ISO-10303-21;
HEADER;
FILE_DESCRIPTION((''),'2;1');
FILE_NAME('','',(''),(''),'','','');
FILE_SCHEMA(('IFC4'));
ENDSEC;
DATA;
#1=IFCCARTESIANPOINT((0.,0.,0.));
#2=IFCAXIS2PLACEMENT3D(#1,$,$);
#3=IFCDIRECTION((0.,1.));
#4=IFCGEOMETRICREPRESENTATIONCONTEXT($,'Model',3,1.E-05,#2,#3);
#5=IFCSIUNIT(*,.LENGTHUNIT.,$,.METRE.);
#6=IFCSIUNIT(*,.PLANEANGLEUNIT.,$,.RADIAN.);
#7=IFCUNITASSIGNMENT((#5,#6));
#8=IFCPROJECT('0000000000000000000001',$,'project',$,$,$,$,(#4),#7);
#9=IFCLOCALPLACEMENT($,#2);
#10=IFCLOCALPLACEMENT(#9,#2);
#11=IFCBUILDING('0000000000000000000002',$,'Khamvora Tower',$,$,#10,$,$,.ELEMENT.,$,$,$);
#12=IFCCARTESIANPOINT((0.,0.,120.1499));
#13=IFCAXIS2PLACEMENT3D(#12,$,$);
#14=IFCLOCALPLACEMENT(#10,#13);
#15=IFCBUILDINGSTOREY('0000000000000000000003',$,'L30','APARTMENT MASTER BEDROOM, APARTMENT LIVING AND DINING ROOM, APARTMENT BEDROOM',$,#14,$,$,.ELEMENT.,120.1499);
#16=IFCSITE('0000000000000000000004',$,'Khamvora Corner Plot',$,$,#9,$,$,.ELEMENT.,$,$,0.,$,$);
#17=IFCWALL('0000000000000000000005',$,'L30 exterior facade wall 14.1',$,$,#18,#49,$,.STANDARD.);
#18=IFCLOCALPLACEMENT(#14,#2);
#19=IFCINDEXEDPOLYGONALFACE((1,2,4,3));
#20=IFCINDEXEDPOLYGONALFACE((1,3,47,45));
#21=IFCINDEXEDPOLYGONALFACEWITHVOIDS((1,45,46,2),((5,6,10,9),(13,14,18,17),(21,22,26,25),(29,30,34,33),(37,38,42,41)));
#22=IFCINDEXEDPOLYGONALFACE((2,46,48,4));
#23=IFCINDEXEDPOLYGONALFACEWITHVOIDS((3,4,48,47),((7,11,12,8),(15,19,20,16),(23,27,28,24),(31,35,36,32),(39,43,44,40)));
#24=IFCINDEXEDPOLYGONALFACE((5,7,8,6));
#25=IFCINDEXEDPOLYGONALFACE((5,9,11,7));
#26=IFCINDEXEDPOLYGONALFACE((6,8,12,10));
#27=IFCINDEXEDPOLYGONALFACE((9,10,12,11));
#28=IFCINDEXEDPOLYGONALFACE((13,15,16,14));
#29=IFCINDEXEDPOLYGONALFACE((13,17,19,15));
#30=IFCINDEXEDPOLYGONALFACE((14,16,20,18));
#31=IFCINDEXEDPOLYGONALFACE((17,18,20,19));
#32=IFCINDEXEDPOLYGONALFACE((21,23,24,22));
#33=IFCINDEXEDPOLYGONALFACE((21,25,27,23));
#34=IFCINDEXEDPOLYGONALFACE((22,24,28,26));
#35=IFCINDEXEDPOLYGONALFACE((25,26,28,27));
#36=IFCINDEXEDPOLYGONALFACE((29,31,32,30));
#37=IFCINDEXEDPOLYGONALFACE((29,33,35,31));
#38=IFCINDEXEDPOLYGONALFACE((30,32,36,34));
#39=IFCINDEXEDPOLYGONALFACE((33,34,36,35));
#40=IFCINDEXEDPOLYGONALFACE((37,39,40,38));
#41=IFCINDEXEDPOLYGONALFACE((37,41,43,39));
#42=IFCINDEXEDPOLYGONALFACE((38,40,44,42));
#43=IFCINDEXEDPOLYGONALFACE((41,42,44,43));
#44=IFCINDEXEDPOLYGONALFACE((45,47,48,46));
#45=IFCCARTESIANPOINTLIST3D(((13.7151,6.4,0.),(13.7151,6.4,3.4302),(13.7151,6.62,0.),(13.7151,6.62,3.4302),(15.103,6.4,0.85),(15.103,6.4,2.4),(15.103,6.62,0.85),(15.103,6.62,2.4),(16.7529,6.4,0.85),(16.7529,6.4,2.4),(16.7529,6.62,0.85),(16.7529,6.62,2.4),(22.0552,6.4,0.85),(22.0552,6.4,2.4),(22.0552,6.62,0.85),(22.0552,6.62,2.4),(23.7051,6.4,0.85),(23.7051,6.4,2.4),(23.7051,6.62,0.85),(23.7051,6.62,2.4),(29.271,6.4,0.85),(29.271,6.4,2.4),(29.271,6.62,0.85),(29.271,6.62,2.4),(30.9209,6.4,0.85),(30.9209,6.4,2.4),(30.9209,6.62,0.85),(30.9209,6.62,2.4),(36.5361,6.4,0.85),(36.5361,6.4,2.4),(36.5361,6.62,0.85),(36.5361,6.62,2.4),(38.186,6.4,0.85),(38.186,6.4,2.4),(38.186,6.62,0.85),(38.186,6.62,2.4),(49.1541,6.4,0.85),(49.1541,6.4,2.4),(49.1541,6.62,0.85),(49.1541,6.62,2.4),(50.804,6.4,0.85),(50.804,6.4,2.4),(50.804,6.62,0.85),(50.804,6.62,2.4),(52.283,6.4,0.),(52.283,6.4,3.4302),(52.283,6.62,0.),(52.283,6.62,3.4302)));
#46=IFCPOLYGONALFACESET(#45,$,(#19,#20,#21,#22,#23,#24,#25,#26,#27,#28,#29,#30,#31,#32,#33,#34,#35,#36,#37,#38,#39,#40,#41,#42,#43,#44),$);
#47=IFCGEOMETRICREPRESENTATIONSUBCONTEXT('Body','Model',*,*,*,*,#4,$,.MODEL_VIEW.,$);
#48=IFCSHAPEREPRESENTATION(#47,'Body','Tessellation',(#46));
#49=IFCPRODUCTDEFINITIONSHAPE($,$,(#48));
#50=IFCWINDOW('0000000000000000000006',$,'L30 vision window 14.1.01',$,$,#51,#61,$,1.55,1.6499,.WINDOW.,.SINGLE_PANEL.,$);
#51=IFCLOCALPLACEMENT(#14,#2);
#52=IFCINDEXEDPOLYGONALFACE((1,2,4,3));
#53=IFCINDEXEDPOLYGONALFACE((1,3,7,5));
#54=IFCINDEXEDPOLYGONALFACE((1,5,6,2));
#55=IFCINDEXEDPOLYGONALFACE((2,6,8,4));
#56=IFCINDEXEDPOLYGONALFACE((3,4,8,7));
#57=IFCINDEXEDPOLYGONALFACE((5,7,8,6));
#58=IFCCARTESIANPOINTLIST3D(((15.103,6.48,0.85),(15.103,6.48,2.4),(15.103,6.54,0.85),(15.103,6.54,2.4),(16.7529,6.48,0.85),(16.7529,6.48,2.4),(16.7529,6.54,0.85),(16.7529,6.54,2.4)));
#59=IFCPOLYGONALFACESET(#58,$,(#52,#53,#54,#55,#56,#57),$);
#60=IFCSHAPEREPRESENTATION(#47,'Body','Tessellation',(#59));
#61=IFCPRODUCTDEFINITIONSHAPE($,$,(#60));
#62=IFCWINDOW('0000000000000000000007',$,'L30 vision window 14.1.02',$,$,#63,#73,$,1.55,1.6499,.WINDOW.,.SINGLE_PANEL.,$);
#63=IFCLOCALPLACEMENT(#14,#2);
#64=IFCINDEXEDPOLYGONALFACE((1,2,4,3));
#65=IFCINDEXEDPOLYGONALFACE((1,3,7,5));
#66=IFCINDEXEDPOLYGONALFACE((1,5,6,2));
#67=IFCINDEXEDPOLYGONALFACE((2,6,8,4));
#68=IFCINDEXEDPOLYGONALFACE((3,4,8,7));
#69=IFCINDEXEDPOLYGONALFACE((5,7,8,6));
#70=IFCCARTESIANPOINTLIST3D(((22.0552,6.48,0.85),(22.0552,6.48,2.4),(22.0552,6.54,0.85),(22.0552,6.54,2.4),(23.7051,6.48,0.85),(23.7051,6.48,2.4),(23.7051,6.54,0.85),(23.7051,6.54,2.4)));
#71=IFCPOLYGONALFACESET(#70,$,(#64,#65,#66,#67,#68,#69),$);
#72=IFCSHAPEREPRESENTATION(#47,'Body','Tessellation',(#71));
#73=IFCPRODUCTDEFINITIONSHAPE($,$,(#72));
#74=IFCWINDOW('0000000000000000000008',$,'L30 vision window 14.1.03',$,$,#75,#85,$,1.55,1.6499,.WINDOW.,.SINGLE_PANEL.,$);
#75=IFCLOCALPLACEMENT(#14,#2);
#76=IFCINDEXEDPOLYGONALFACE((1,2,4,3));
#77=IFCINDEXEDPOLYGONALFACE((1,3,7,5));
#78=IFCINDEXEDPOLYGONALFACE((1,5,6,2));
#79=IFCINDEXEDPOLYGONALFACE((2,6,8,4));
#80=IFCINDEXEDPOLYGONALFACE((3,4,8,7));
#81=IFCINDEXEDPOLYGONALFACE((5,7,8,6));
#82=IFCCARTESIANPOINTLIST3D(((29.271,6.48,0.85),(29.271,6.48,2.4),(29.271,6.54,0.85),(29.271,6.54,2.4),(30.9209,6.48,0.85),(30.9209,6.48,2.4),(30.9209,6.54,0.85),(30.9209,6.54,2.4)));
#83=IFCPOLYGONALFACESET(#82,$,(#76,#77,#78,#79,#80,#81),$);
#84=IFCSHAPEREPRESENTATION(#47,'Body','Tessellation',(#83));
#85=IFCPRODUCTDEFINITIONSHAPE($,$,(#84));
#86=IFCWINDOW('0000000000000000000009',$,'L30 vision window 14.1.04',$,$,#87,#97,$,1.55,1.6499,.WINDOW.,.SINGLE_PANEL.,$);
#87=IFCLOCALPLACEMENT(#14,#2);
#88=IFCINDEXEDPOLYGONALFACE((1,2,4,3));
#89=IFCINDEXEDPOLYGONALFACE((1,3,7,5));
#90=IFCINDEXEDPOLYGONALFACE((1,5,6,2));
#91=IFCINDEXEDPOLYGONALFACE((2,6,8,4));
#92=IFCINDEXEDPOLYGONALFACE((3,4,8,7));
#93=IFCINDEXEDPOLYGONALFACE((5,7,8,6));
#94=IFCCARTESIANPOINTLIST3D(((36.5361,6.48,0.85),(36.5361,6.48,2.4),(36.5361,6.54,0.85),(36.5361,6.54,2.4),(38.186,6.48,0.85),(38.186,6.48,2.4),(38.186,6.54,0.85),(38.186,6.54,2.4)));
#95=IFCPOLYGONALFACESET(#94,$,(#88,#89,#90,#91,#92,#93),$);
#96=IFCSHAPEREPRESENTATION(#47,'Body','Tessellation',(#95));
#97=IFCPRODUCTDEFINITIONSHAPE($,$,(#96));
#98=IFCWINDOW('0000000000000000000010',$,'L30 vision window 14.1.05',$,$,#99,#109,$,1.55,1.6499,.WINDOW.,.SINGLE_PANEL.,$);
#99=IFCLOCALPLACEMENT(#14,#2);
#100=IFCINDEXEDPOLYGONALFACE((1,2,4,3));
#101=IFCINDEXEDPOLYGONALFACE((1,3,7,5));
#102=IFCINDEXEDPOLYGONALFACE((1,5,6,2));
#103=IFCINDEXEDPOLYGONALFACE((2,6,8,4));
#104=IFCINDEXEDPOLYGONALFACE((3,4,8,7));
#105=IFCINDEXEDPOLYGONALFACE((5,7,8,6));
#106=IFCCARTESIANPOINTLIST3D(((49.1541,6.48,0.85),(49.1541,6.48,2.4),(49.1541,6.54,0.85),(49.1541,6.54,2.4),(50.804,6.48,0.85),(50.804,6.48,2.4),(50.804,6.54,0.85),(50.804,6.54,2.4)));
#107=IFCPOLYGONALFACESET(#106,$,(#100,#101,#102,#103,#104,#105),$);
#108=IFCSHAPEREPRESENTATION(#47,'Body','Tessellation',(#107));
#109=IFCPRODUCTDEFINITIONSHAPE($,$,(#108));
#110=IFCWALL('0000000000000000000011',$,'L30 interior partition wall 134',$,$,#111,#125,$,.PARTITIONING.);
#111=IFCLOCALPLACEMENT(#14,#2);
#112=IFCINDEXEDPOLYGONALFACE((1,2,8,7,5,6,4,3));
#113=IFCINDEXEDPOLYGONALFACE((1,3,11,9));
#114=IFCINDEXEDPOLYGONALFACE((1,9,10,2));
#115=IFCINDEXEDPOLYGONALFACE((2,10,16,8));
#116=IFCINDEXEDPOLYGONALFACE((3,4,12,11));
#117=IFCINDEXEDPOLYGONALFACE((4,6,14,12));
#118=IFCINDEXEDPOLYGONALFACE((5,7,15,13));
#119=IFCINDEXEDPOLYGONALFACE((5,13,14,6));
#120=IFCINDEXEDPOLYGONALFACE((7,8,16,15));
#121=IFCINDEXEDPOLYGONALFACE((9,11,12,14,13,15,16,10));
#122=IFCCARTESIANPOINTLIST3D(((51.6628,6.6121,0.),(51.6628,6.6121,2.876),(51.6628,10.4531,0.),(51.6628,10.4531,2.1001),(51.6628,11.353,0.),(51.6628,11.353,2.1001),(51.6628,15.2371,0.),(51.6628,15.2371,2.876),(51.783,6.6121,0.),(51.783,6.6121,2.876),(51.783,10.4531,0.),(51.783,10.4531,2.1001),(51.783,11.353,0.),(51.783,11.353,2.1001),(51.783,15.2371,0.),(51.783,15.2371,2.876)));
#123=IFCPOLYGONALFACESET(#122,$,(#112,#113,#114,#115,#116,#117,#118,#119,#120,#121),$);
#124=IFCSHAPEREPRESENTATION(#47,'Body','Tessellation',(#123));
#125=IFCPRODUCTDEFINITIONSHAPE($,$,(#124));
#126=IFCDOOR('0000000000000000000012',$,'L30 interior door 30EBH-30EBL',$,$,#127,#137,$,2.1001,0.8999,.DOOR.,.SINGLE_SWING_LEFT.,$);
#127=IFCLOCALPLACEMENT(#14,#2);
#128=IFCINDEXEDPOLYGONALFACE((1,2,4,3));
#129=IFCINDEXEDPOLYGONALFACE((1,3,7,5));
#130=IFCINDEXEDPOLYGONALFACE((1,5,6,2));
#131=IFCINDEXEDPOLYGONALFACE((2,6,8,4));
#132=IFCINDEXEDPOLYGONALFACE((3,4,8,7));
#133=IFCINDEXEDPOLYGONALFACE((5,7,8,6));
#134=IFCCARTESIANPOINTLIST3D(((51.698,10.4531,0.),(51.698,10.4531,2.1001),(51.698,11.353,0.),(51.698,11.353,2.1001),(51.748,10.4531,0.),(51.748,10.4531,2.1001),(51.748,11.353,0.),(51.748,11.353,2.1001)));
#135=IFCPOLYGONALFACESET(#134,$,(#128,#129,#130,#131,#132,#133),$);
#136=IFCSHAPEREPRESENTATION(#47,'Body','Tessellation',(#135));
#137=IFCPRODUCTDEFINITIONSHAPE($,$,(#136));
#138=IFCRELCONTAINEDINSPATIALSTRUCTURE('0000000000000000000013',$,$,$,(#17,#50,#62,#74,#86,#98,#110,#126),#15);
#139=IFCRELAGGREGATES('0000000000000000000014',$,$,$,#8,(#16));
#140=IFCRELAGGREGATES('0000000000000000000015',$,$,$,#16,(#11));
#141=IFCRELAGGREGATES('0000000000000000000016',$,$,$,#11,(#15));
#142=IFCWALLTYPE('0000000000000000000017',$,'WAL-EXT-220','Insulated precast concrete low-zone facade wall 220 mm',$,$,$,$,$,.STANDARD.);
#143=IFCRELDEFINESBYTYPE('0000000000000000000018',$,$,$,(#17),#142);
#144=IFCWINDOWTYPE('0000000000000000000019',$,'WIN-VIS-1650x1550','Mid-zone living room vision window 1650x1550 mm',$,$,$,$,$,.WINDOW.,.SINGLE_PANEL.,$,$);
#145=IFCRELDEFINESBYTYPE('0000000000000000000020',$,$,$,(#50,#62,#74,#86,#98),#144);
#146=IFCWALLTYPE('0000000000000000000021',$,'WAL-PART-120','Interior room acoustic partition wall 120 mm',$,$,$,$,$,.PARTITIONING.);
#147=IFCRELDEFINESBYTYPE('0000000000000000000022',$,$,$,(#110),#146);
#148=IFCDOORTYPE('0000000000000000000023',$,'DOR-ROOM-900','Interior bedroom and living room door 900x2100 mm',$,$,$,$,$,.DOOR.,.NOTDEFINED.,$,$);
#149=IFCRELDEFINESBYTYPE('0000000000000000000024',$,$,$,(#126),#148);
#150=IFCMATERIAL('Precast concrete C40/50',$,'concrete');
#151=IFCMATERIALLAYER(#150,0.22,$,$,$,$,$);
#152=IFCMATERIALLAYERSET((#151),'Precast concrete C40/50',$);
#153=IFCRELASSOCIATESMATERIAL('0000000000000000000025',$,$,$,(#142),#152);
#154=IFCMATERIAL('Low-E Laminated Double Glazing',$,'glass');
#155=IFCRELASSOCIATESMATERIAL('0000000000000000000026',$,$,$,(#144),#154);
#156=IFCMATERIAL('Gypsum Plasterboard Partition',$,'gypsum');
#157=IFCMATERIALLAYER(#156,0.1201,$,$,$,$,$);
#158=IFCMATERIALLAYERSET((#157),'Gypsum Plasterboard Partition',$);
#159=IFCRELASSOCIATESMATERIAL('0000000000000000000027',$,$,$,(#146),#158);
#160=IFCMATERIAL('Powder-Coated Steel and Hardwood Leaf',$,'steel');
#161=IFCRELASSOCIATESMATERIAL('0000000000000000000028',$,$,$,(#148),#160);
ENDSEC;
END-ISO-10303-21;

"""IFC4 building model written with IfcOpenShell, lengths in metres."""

from ifc_helpers import new_model, si_unit, direction, frame, frame_2d, origin, place, context, subcontext, project, spatial, rectangle, extrude, material, layer, layer_set, type_object, element, fill, save


model = new_model("IFC4")

# Units and contexts
model_context = context("Model", 3, precision=1e-05, world=origin(), true_north=direction((0.0, 1.0)))
body_context = subcontext(model_context, "Body", "Model", "MODEL_VIEW")
ifc_project = project(units=[si_unit("LENGTHUNIT", "METRE"), si_unit("PLANEANGLEUNIT", "RADIAN")], contexts=[model_context])

# Site, building, storey
site_placement = place(None, origin())
site = spatial("IfcSite", under=ifc_project, at=site_placement, Name="Khamvora Corner Plot", CompositionType="ELEMENT", RefElevation=0.0)
building_placement = place(site_placement, origin())
building = spatial("IfcBuilding", under=site, at=building_placement, Name="Khamvora Tower", CompositionType="ELEMENT")
storey_placement = place(building_placement, frame((0.0, 0.0, 120.1499)))
storey = spatial("IfcBuildingStorey", under=building, at=storey_placement, Name="L30", Description="APARTMENT MASTER BEDROOM, APARTMENT LIVING AND DINING ROOM, APARTMENT BEDROOM", CompositionType="ELEMENT", Elevation=120.1499)

# Shared definitions
ifc_material_1 = material(Name="Precast concrete C40/50", Category="concrete")
ifc_layer_1 = layer(ifc_material_1, 0.22)
ifc_layer_set_1 = layer_set([ifc_layer_1], Name="Precast concrete C40/50")
wall_type_1 = type_object("IfcWallType", Name="WAL-EXT-220", Description="Insulated precast concrete low-zone facade wall 220 mm", PredefinedType="STANDARD", material=ifc_layer_set_1)

# Wall, openings, windows
wall_1_placement = place(storey_placement, frame((52.283, 6.51, 0.0), z_axis=(0.0, 0.0, 1.0), x_axis=(-1.0, 0.0, 0.0)))
wall_1 = element("IfcWall", 1, at=wall_1_placement, inside=storey, type_object=wall_type_1, Name="L30 exterior facade wall 14.1", PredefinedType="STANDARD", context=body_context, shape_type="SweptSolid", body=[
    extrude(rectangle(XDim=38.5679, YDim=0.22, at=frame_2d((19.2839, 0.0))), origin(), (0.0, 0.0, 1.0), 3.4302),
])
opening_1_placement = place(wall_1_placement, frame((35.53, 0.0, 0.8501)))
opening_1 = element("IfcOpeningElement", 2, at=opening_1_placement, cuts=wall_1, PredefinedType="OPENING", context=body_context, shape_type="SweptSolid", body=[
    extrude(rectangle(XDim=1.6499, YDim=1.55, at=frame_2d((0.825, 0.7749))), frame((0.0, 0.1199, 0.0), z_axis=(0.0, -1.0, 0.0), x_axis=(1.0, 0.0, 0.0)), (0.0, 0.0, 1.0), 0.24),
])
opening_2_placement = place(wall_1_placement, frame((28.5779, 0.0, 0.8501)))
opening_2 = element("IfcOpeningElement", 3, at=opening_2_placement, cuts=wall_1, PredefinedType="OPENING", context=body_context, shape_type="SweptSolid", body=[
    extrude(rectangle(XDim=1.6499, YDim=1.55, at=frame_2d((0.825, 0.7749))), frame((0.0, 0.1199, 0.0), z_axis=(0.0, -1.0, 0.0), x_axis=(1.0, 0.0, 0.0)), (0.0, 0.0, 1.0), 0.24),
])
opening_3_placement = place(wall_1_placement, frame((21.3621, 0.0, 0.8501)))
opening_3 = element("IfcOpeningElement", 4, at=opening_3_placement, cuts=wall_1, PredefinedType="OPENING", context=body_context, shape_type="SweptSolid", body=[
    extrude(rectangle(XDim=1.6499, YDim=1.55, at=frame_2d((0.825, 0.7749))), frame((0.0, 0.1199, 0.0), z_axis=(0.0, -1.0, 0.0), x_axis=(1.0, 0.0, 0.0)), (0.0, 0.0, 1.0), 0.24),
])
opening_4_placement = place(wall_1_placement, frame((14.0969, 0.0, 0.8501)))
opening_4 = element("IfcOpeningElement", 5, at=opening_4_placement, cuts=wall_1, PredefinedType="OPENING", context=body_context, shape_type="SweptSolid", body=[
    extrude(rectangle(XDim=1.6499, YDim=1.55, at=frame_2d((0.825, 0.7749))), frame((0.0, 0.1199, 0.0), z_axis=(0.0, -1.0, 0.0), x_axis=(1.0, 0.0, 0.0)), (0.0, 0.0, 1.0), 0.24),
])
opening_5_placement = place(wall_1_placement, frame((1.479, 0.0, 0.8501)))
opening_5 = element("IfcOpeningElement", 6, at=opening_5_placement, cuts=wall_1, PredefinedType="OPENING", context=body_context, shape_type="SweptSolid", body=[
    extrude(rectangle(XDim=1.6499, YDim=1.55, at=frame_2d((0.825, 0.7749))), frame((0.0, 0.1199, 0.0), z_axis=(0.0, -1.0, 0.0), x_axis=(1.0, 0.0, 0.0)), (0.0, 0.0, 1.0), 0.24),
])
ifc_material_2 = material(Name="Low-E Laminated Double Glazing", Category="glass")
window_type = type_object("IfcWindowType", Name="WIN-VIS-1650x1550", Description="Mid-zone living room vision window 1650x1550 mm", PartitioningType="SINGLE_PANEL", PredefinedType="WINDOW", material=ifc_material_2)
window_1_placement = place(opening_1_placement, origin())
window_1 = element("IfcWindow", 7, at=window_1_placement, inside=storey, type_object=window_type, Name="L30 vision window 14.1.01", OverallHeight=1.55, OverallWidth=1.6499, PartitioningType="SINGLE_PANEL", PredefinedType="WINDOW", context=body_context, shape_type="SweptSolid", body=[
    extrude(rectangle(XDim=1.6499, YDim=1.55, at=frame_2d((0.825, 0.7749))), frame((0.0, 0.03, 0.0), z_axis=(0.0, -1.0, 0.0), x_axis=(1.0, 0.0, 0.0)), (0.0, 0.0, 1.0), 0.0601),
])
fill(opening_1, window_1)
window_2_placement = place(opening_2_placement, origin())
window_2 = element("IfcWindow", 8, at=window_2_placement, inside=storey, type_object=window_type, Name="L30 vision window 14.1.02", OverallHeight=1.55, OverallWidth=1.6499, PartitioningType="SINGLE_PANEL", PredefinedType="WINDOW", context=body_context, shape_type="SweptSolid", body=[
    extrude(rectangle(XDim=1.6499, YDim=1.55, at=frame_2d((0.825, 0.7749))), frame((0.0, 0.03, 0.0), z_axis=(0.0, -1.0, 0.0), x_axis=(1.0, 0.0, 0.0)), (0.0, 0.0, 1.0), 0.0601),
])
fill(opening_2, window_2)
window_3_placement = place(opening_3_placement, origin())
window_3 = element("IfcWindow", 9, at=window_3_placement, inside=storey, type_object=window_type, Name="L30 vision window 14.1.03", OverallHeight=1.55, OverallWidth=1.6499, PartitioningType="SINGLE_PANEL", PredefinedType="WINDOW", context=body_context, shape_type="SweptSolid", body=[
    extrude(rectangle(XDim=1.6499, YDim=1.55, at=frame_2d((0.825, 0.7749))), frame((0.0, 0.03, 0.0), z_axis=(0.0, -1.0, 0.0), x_axis=(1.0, 0.0, 0.0)), (0.0, 0.0, 1.0), 0.0601),
])
fill(opening_3, window_3)
window_4_placement = place(opening_4_placement, origin())
window_4 = element("IfcWindow", 10, at=window_4_placement, inside=storey, type_object=window_type, Name="L30 vision window 14.1.04", OverallHeight=1.55, OverallWidth=1.6499, PartitioningType="SINGLE_PANEL", PredefinedType="WINDOW", context=body_context, shape_type="SweptSolid", body=[
    extrude(rectangle(XDim=1.6499, YDim=1.55, at=frame_2d((0.825, 0.7749))), frame((0.0, 0.03, 0.0), z_axis=(0.0, -1.0, 0.0), x_axis=(1.0, 0.0, 0.0)), (0.0, 0.0, 1.0), 0.0601),
])
fill(opening_4, window_4)
window_5_placement = place(opening_5_placement, origin())
window_5 = element("IfcWindow", 11, at=window_5_placement, inside=storey, type_object=window_type, Name="L30 vision window 14.1.05", OverallHeight=1.55, OverallWidth=1.6499, PartitioningType="SINGLE_PANEL", PredefinedType="WINDOW", context=body_context, shape_type="SweptSolid", body=[
    extrude(rectangle(XDim=1.6499, YDim=1.55, at=frame_2d((0.825, 0.7749))), frame((0.0, 0.03, 0.0), z_axis=(0.0, -1.0, 0.0), x_axis=(1.0, 0.0, 0.0)), (0.0, 0.0, 1.0), 0.0601),
])
fill(opening_5, window_5)

# Wall, opening, door
ifc_material_3 = material(Name="Gypsum Plasterboard Partition", Category="gypsum")
ifc_layer_2 = layer(ifc_material_3, 0.1201)
ifc_layer_set_2 = layer_set([ifc_layer_2], Name="Gypsum Plasterboard Partition")
wall_type_2 = type_object("IfcWallType", Name="WAL-PART-120", Description="Interior room acoustic partition wall 120 mm", PredefinedType="PARTITIONING", material=ifc_layer_set_2)
wall_2_placement = place(storey_placement, frame((51.7229, 6.6121, 0.0), z_axis=(0.0, 0.0, 1.0), x_axis=(0.0, 1.0, 0.0)))
wall_2 = element("IfcWall", 12, at=wall_2_placement, inside=storey, type_object=wall_type_2, Name="L30 interior partition wall 134", PredefinedType="PARTITIONING", context=body_context, shape_type="SweptSolid", body=[
    extrude(rectangle(XDim=8.625, YDim=0.1201, at=frame_2d((4.3125, 0.0))), origin(), (0.0, 0.0, 1.0), 2.876),
])
opening_6_placement = place(wall_2_placement, frame((3.8411, 0.0, 0.0)))
opening_6 = element("IfcOpeningElement", 13, at=opening_6_placement, cuts=wall_2, PredefinedType="OPENING", context=body_context, shape_type="SweptSolid", body=[
    extrude(rectangle(XDim=0.8999, YDim=2.1001, at=frame_2d((0.45, 1.05))), frame((0.0, 0.0701, 0.0), z_axis=(0.0, -1.0, 0.0), x_axis=(1.0, 0.0, 0.0)), (0.0, 0.0, 1.0), 0.1401),
])
ifc_material_4 = material(Name="Powder-Coated Steel and Hardwood Leaf", Category="steel")
door_type = type_object("IfcDoorType", Name="DOR-ROOM-900", Description="Interior bedroom and living room door 900x2100 mm", OperationType="NOTDEFINED", PredefinedType="DOOR", material=ifc_material_4)
door_1_placement = place(opening_6_placement, origin())
door_1 = element("IfcDoor", 14, at=door_1_placement, inside=storey, type_object=door_type, Name="L30 interior door 30EBH-30EBL", OperationType="SINGLE_SWING_LEFT", OverallHeight=2.1001, OverallWidth=0.8999, PredefinedType="DOOR", context=body_context, shape_type="SweptSolid", body=[
    extrude(rectangle(XDim=0.8999, YDim=2.1001, at=frame_2d((0.45, 1.05))), frame((0.0, 0.0249, 0.0), z_axis=(0.0, -1.0, 0.0), x_axis=(1.0, 0.0, 0.0)), (0.0, 0.0, 1.0), 0.05),
])
fill(opening_6, door_1)

save(model, "model.ifc")
